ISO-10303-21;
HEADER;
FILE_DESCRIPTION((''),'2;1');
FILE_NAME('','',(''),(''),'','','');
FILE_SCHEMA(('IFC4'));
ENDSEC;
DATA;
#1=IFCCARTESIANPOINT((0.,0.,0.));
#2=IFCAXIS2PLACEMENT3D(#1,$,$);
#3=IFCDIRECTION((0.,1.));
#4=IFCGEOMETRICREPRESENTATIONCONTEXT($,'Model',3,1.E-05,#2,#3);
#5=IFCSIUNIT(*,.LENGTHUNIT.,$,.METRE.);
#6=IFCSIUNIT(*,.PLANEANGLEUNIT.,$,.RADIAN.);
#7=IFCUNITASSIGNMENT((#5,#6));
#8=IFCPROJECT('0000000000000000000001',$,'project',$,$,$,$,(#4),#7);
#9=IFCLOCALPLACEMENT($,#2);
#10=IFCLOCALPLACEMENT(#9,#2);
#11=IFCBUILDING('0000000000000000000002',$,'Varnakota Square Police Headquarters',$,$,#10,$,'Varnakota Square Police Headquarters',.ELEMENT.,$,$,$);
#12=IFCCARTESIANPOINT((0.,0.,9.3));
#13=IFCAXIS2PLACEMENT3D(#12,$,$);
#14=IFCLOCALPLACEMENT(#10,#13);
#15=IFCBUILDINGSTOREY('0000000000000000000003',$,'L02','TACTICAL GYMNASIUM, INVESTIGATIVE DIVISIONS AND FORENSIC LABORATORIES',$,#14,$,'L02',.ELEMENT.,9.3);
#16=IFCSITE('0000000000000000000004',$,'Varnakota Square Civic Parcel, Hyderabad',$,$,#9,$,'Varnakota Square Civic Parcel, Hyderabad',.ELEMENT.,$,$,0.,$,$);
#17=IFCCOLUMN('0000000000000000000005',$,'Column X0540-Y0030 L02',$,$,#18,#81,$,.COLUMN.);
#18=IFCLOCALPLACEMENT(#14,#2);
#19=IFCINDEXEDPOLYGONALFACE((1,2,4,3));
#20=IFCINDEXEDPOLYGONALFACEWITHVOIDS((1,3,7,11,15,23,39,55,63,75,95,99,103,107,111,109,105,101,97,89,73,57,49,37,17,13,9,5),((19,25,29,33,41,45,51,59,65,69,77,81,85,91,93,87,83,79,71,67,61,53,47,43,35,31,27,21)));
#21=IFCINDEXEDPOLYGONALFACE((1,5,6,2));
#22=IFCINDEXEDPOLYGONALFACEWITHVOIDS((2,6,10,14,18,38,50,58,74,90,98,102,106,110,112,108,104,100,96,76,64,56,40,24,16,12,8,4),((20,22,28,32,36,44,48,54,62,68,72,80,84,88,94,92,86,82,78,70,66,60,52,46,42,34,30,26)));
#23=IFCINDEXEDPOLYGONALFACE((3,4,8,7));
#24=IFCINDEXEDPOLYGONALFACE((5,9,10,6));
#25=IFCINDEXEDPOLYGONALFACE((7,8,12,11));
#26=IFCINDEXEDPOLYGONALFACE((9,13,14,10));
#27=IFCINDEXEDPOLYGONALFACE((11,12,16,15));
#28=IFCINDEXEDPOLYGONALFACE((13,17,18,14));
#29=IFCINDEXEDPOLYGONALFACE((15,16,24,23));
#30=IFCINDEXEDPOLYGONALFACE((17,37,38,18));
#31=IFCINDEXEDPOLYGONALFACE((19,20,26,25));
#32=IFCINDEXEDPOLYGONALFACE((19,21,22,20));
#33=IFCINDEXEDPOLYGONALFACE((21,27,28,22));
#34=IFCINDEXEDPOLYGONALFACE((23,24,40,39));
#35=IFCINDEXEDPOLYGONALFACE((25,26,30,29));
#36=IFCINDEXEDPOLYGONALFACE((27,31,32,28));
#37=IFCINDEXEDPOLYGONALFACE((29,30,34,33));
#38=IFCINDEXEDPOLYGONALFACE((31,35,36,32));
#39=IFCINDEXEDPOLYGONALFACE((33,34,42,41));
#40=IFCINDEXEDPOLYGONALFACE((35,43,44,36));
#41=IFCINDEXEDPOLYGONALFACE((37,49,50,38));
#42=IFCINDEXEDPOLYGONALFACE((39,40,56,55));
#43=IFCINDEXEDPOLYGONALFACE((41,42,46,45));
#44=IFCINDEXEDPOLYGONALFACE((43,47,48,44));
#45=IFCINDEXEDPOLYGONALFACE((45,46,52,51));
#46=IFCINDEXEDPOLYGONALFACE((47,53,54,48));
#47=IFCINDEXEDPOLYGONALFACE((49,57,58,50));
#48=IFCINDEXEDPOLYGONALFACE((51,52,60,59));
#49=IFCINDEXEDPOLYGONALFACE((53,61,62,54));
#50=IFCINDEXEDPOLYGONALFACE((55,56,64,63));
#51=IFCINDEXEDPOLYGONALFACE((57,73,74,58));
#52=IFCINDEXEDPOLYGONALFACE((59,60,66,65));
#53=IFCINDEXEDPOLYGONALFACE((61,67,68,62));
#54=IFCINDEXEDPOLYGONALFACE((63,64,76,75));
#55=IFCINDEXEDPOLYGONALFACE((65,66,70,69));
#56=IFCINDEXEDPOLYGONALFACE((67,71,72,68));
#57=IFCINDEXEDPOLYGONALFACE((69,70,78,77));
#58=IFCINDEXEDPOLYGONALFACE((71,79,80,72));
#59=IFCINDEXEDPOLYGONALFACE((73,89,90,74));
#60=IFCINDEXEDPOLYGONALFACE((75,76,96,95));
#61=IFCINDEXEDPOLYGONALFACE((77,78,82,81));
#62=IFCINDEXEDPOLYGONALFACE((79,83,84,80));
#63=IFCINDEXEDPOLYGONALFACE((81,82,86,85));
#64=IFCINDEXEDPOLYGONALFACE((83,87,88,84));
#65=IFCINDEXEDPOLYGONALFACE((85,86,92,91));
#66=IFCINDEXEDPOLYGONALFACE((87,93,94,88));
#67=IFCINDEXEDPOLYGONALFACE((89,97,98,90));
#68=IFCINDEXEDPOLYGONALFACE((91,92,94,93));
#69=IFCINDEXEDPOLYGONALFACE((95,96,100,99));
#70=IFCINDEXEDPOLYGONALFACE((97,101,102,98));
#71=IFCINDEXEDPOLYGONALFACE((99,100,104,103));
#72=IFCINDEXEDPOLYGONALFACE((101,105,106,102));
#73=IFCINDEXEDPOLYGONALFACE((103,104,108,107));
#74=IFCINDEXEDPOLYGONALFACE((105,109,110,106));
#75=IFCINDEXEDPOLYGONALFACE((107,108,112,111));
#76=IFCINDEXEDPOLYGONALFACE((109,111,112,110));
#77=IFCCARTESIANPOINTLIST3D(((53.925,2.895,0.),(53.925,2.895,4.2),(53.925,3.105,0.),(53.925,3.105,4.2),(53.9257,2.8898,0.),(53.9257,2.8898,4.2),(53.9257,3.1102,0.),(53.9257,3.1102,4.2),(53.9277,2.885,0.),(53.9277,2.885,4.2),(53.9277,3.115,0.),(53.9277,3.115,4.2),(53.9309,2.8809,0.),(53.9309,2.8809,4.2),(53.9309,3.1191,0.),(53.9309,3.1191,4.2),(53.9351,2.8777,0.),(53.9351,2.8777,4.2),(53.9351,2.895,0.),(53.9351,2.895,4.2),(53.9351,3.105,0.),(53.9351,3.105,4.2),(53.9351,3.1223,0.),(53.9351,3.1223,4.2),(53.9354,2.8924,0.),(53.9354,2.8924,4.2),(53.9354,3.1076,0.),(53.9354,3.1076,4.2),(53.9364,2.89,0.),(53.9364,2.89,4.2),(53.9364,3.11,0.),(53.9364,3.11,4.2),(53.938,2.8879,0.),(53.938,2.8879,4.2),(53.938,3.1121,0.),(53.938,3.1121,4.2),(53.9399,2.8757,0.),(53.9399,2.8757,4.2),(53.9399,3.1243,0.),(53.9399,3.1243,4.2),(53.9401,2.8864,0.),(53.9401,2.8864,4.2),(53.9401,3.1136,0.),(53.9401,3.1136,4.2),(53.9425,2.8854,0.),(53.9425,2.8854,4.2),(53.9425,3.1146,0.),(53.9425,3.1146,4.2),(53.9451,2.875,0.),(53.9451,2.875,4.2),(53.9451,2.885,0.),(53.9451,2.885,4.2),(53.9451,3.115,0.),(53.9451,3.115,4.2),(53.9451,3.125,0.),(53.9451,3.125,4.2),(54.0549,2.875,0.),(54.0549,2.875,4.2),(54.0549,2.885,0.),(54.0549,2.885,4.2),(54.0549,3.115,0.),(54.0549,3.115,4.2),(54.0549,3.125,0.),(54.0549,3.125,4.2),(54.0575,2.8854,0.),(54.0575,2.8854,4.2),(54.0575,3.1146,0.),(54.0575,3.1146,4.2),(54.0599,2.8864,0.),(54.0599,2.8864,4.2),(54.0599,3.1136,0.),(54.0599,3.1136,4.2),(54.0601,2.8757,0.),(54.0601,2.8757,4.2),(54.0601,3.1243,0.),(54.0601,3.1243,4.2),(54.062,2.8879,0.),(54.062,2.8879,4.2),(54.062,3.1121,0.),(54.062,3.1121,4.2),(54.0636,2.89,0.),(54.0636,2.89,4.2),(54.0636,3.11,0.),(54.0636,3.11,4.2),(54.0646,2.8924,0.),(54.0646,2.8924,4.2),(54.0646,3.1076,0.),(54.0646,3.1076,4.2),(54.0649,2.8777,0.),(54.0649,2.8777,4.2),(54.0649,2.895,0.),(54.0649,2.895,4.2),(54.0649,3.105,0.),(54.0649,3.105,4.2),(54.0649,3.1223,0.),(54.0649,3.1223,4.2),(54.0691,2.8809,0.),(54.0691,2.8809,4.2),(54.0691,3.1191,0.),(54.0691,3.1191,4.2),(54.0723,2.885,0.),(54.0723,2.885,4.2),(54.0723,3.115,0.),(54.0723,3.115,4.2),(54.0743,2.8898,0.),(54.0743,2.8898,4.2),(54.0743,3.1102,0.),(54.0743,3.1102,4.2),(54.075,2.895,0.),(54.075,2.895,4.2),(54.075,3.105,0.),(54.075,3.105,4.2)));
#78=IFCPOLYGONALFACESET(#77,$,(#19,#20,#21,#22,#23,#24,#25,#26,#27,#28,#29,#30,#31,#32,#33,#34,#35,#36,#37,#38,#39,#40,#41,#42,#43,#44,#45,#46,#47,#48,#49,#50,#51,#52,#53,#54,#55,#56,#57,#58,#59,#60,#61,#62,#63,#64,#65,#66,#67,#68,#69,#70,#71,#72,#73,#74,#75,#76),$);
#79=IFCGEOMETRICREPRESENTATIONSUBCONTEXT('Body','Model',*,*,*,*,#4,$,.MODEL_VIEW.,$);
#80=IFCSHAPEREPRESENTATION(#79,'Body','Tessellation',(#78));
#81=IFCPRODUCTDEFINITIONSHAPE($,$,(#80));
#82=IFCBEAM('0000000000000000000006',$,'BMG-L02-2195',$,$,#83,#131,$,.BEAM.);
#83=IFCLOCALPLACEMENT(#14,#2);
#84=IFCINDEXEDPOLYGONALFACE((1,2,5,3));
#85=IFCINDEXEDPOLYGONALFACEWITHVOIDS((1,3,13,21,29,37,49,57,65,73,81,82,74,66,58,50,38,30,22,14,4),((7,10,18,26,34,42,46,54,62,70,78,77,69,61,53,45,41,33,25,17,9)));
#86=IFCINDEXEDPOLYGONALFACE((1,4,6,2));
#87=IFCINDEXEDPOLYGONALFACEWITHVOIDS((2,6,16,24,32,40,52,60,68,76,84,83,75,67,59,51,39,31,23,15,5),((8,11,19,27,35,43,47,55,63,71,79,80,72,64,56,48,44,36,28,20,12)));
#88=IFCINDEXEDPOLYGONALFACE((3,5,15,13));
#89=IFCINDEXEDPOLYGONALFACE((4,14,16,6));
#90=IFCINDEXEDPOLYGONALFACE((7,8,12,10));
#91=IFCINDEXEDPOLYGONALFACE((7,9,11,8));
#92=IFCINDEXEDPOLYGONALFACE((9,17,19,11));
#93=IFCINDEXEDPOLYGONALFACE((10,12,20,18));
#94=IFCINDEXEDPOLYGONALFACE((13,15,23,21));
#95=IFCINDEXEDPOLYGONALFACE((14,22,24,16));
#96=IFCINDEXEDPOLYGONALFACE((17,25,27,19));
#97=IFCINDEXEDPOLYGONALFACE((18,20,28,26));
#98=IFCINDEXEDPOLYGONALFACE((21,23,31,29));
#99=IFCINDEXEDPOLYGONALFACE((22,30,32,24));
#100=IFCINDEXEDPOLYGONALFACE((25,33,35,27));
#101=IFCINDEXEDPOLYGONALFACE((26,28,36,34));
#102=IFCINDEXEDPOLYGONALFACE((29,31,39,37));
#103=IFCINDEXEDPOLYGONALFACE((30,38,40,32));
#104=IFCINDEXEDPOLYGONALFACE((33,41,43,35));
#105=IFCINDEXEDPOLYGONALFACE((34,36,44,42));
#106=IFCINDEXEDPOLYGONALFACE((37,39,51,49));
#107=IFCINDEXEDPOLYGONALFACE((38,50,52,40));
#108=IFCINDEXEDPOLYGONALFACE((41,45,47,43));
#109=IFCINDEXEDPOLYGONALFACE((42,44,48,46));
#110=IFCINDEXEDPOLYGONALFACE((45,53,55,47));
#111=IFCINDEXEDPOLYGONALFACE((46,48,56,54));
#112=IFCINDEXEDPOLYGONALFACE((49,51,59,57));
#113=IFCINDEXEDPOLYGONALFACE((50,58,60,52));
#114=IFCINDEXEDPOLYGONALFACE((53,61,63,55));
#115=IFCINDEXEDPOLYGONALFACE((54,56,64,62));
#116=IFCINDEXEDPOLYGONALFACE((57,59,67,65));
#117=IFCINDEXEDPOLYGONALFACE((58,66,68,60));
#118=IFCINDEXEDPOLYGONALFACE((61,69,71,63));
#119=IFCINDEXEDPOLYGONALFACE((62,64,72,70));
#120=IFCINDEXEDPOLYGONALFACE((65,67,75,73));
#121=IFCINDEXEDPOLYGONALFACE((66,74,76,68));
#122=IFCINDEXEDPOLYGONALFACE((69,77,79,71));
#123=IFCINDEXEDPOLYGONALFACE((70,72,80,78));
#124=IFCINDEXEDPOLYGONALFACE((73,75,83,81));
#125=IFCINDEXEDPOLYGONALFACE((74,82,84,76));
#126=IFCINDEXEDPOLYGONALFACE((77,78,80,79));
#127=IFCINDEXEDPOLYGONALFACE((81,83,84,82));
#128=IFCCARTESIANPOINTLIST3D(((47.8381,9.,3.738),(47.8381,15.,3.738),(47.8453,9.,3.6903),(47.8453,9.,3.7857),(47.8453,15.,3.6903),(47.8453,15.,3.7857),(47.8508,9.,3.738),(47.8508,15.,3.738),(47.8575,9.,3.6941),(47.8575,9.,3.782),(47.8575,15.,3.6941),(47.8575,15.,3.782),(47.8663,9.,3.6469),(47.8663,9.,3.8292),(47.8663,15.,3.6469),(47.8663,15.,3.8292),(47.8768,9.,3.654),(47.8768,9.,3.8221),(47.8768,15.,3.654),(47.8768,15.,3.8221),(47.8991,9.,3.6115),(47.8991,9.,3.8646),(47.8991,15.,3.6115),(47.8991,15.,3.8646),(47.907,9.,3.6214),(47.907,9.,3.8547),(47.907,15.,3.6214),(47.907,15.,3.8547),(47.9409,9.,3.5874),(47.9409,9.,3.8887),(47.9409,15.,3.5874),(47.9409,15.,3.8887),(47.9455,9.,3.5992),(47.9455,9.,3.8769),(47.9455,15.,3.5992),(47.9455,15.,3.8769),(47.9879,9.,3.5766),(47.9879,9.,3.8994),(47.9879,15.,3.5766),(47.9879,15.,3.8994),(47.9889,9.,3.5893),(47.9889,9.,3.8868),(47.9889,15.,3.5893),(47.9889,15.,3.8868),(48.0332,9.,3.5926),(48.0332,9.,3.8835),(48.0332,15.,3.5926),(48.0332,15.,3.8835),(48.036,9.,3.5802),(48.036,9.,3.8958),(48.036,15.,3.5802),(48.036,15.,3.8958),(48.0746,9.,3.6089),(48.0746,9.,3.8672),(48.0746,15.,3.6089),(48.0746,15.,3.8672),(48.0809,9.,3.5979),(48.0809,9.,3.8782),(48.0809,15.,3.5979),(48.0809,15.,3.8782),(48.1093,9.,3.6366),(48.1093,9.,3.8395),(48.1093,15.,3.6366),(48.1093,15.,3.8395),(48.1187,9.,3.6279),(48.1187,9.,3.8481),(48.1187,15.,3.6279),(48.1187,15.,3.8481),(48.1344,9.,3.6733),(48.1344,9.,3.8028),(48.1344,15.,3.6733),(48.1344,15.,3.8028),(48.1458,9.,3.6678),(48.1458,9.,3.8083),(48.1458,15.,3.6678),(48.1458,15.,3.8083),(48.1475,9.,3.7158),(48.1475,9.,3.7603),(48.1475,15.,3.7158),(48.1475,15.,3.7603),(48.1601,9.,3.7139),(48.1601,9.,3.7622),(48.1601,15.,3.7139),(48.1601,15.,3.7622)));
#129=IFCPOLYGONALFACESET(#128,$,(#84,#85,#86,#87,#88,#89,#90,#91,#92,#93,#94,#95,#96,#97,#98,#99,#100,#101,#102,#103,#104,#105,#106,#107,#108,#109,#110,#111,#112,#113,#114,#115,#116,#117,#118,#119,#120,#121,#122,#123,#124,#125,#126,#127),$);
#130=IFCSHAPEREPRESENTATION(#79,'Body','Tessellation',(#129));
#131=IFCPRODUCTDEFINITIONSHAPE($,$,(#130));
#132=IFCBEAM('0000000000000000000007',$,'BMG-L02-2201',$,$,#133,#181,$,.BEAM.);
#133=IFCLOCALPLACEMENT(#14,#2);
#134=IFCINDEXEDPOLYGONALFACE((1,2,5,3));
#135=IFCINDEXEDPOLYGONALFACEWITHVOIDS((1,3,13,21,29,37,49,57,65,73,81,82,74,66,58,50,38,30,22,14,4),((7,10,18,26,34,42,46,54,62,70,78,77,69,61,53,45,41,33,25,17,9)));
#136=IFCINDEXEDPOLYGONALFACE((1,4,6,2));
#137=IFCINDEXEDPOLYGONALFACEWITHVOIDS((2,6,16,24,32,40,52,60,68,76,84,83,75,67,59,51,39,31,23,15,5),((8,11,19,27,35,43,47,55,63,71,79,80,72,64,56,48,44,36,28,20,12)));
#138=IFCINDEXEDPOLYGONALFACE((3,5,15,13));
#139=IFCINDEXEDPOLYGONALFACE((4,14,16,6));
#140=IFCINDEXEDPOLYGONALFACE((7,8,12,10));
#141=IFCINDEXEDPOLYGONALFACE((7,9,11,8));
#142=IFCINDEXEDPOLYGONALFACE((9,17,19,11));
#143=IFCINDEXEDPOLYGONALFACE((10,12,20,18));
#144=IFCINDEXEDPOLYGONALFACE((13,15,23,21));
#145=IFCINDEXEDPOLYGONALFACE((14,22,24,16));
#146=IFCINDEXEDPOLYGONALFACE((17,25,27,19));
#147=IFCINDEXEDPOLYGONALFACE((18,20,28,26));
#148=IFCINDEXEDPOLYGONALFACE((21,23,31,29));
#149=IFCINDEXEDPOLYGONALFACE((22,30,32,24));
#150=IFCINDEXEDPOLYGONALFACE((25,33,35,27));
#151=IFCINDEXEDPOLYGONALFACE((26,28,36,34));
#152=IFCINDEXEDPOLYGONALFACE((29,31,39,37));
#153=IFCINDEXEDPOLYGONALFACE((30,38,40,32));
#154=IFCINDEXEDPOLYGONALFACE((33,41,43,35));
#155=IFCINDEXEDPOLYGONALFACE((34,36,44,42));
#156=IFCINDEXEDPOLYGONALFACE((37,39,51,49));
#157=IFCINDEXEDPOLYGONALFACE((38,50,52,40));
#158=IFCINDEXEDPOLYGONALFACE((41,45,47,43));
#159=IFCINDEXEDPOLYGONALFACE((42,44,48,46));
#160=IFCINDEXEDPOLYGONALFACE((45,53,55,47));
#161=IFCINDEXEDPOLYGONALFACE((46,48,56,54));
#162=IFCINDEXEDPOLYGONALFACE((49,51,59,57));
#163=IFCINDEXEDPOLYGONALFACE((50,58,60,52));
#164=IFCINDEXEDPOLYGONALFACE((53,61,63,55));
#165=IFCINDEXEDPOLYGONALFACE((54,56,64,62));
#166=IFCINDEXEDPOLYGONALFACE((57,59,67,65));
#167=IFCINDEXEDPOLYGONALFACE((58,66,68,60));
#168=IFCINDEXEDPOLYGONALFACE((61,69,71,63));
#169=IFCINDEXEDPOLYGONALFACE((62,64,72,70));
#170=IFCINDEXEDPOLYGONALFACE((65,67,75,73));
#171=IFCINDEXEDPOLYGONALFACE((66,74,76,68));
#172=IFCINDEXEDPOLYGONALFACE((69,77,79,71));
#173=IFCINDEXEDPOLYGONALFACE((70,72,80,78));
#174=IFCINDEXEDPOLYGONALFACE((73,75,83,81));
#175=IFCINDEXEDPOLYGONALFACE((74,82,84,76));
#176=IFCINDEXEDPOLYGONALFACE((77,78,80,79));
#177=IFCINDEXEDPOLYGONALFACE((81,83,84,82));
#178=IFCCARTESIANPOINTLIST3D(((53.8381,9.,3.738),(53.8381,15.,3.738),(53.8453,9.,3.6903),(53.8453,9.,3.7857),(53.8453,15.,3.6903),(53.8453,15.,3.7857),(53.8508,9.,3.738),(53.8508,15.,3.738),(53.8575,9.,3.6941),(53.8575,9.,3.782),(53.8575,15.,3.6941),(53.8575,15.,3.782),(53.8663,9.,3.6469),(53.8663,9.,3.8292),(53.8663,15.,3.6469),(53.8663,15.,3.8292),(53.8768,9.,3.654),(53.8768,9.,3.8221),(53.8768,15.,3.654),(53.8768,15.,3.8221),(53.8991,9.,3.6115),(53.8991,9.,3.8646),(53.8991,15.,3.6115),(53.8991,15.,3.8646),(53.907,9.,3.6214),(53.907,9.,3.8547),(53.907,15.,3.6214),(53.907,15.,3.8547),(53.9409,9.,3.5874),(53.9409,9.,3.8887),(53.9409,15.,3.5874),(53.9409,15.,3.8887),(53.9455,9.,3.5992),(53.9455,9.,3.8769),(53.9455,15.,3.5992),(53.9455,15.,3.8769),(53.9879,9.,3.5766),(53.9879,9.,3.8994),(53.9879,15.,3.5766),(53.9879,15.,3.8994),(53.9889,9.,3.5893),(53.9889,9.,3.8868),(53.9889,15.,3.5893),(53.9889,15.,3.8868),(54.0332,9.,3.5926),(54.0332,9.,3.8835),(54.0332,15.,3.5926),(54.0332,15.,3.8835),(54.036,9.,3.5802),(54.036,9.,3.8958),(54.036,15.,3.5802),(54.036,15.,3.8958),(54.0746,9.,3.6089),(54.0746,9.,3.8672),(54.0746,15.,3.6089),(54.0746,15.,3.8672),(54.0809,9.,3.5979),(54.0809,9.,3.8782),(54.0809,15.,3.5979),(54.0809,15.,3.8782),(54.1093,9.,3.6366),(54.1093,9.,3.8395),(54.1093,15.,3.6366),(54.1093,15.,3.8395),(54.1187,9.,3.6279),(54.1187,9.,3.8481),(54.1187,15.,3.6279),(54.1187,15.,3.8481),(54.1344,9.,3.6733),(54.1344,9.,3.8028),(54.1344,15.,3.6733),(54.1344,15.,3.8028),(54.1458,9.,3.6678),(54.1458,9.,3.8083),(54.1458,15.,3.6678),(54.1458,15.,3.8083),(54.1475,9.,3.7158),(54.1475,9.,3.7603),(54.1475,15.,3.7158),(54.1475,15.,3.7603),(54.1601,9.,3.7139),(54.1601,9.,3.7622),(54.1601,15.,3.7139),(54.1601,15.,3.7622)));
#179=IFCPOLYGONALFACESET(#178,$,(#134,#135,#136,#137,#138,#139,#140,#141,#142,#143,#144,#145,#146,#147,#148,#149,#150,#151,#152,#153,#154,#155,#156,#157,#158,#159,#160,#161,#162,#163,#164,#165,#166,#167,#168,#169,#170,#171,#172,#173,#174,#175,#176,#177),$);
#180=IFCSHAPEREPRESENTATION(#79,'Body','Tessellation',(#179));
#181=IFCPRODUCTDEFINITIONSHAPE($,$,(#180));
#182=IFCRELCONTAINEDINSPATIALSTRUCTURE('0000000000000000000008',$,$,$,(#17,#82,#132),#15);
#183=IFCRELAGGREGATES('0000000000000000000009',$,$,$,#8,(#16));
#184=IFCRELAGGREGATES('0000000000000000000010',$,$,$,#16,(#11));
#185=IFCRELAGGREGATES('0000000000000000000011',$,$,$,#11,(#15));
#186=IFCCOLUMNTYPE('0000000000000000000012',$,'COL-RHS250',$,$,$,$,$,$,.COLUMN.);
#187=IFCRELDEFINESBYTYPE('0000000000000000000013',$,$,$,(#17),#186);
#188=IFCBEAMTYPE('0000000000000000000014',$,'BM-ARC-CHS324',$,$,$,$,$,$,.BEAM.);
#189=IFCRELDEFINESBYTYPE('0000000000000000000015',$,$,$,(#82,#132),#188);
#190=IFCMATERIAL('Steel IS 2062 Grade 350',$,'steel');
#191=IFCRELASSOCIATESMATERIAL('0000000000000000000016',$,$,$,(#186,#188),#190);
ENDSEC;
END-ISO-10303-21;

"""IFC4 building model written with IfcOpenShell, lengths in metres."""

from ifc_helpers import new_model, si_unit, direction, frame, origin, origin_2d, place, context, subcontext, project, spatial, hollow_rectangle, hollow_circle, extrude, material, material_profile, profile_set, type_object, element, save


model = new_model("IFC4")

# Units and contexts
model_context = context("Model", 3, precision=1e-05, world=origin(), true_north=direction((0.0, 1.0)))
body_context = subcontext(model_context, "Body", "Model", "MODEL_VIEW")
ifc_project = project(units=[si_unit("LENGTHUNIT", "METRE"), si_unit("PLANEANGLEUNIT", "RADIAN")], contexts=[model_context])

# Site, building, storey
site_placement = place(None, origin())
site = spatial("IfcSite", under=ifc_project, at=site_placement, Name="Varnakota Square Civic Parcel, Hyderabad", LongName="Varnakota Square Civic Parcel, Hyderabad", CompositionType="ELEMENT", RefElevation=0.0)
building_placement = place(site_placement, origin())
building = spatial("IfcBuilding", under=site, at=building_placement, Name="Varnakota Square Police Headquarters", LongName="Varnakota Square Police Headquarters", CompositionType="ELEMENT")
storey_placement = place(building_placement, frame((0.0, 0.0, 9.3)))
storey = spatial("IfcBuildingStorey", under=building, at=storey_placement, Name="L02", Description="TACTICAL GYMNASIUM, INVESTIGATIVE DIVISIONS AND FORENSIC LABORATORIES", LongName="L02", CompositionType="ELEMENT", Elevation=9.3)

# Column
ifc_material_1 = material(Name="Steel IS 2062 Grade 350", Category="steel")
ifc_material_profile_1 = material_profile(ifc_material_1, hollow_rectangle(XDim=0.1499, YDim=0.25, WallThickness=0.01, InnerFilletRadius=0.01, OuterFilletRadius=0.02, at=origin_2d()), Name="RHS 250x150x10")
ifc_profile_set_1 = profile_set([ifc_material_profile_1], Name="Steel IS 2062 Grade 350")
column_type_1 = type_object("IfcColumnType", Name="COL-RHS250", PredefinedType="COLUMN", material=ifc_profile_set_1)
for number, where, z_axis, x_axis, name in (
    (1, (54.0, 3.0, 0.0), (0.0, 0.0, 1.0), (1.0, 0.0, 0.0), "Column X0540-Y0030 L02"),
):
    element("IfcColumn", number, at=place(storey_placement, frame(where, z_axis=z_axis, x_axis=x_axis)), inside=storey, type_object=column_type_1, Name=name, PredefinedType="COLUMN", context=body_context, shape_type="SweptSolid", body=[
        extrude(hollow_rectangle(XDim=0.1499, YDim=0.25, WallThickness=0.01, InnerFilletRadius=0.01, OuterFilletRadius=0.02, at=origin_2d()), origin(), (0.0, 0.0, 1.0), 4.2),
    ])

# Beams
ifc_material_profile_2 = material_profile(ifc_material_1, hollow_circle(Radius=0.1619, WallThickness=0.0127, at=origin_2d()), Name="CHS 323.9x12.7")
ifc_profile_set_2 = profile_set([ifc_material_profile_2], Name="Steel IS 2062 Grade 350")
beam_type_1 = type_object("IfcBeamType", Name="BM-ARC-CHS324", PredefinedType="BEAM", material=ifc_profile_set_2)
for number, where, z_axis, x_axis, name in (
    (2, (48.0, 9.0, 3.738), (0.0, 1.0, 0.0), (-1.0, 0.0, 0.0), "BMG-L02-2195"),
    (3, (54.0, 9.0, 3.738), (0.0, 1.0, 0.0), (-1.0, 0.0, 0.0), "BMG-L02-2201"),
):
    element("IfcBeam", number, at=place(storey_placement, frame(where, z_axis=z_axis, x_axis=x_axis)), inside=storey, type_object=beam_type_1, Name=name, PredefinedType="BEAM", context=body_context, shape_type="SweptSolid", body=[
        extrude(hollow_circle(Radius=0.1619, WallThickness=0.0127, at=origin_2d()), origin(), (0.0, 0.0, 1.0), 6.0),
    ])

save(model, "model.ifc")
